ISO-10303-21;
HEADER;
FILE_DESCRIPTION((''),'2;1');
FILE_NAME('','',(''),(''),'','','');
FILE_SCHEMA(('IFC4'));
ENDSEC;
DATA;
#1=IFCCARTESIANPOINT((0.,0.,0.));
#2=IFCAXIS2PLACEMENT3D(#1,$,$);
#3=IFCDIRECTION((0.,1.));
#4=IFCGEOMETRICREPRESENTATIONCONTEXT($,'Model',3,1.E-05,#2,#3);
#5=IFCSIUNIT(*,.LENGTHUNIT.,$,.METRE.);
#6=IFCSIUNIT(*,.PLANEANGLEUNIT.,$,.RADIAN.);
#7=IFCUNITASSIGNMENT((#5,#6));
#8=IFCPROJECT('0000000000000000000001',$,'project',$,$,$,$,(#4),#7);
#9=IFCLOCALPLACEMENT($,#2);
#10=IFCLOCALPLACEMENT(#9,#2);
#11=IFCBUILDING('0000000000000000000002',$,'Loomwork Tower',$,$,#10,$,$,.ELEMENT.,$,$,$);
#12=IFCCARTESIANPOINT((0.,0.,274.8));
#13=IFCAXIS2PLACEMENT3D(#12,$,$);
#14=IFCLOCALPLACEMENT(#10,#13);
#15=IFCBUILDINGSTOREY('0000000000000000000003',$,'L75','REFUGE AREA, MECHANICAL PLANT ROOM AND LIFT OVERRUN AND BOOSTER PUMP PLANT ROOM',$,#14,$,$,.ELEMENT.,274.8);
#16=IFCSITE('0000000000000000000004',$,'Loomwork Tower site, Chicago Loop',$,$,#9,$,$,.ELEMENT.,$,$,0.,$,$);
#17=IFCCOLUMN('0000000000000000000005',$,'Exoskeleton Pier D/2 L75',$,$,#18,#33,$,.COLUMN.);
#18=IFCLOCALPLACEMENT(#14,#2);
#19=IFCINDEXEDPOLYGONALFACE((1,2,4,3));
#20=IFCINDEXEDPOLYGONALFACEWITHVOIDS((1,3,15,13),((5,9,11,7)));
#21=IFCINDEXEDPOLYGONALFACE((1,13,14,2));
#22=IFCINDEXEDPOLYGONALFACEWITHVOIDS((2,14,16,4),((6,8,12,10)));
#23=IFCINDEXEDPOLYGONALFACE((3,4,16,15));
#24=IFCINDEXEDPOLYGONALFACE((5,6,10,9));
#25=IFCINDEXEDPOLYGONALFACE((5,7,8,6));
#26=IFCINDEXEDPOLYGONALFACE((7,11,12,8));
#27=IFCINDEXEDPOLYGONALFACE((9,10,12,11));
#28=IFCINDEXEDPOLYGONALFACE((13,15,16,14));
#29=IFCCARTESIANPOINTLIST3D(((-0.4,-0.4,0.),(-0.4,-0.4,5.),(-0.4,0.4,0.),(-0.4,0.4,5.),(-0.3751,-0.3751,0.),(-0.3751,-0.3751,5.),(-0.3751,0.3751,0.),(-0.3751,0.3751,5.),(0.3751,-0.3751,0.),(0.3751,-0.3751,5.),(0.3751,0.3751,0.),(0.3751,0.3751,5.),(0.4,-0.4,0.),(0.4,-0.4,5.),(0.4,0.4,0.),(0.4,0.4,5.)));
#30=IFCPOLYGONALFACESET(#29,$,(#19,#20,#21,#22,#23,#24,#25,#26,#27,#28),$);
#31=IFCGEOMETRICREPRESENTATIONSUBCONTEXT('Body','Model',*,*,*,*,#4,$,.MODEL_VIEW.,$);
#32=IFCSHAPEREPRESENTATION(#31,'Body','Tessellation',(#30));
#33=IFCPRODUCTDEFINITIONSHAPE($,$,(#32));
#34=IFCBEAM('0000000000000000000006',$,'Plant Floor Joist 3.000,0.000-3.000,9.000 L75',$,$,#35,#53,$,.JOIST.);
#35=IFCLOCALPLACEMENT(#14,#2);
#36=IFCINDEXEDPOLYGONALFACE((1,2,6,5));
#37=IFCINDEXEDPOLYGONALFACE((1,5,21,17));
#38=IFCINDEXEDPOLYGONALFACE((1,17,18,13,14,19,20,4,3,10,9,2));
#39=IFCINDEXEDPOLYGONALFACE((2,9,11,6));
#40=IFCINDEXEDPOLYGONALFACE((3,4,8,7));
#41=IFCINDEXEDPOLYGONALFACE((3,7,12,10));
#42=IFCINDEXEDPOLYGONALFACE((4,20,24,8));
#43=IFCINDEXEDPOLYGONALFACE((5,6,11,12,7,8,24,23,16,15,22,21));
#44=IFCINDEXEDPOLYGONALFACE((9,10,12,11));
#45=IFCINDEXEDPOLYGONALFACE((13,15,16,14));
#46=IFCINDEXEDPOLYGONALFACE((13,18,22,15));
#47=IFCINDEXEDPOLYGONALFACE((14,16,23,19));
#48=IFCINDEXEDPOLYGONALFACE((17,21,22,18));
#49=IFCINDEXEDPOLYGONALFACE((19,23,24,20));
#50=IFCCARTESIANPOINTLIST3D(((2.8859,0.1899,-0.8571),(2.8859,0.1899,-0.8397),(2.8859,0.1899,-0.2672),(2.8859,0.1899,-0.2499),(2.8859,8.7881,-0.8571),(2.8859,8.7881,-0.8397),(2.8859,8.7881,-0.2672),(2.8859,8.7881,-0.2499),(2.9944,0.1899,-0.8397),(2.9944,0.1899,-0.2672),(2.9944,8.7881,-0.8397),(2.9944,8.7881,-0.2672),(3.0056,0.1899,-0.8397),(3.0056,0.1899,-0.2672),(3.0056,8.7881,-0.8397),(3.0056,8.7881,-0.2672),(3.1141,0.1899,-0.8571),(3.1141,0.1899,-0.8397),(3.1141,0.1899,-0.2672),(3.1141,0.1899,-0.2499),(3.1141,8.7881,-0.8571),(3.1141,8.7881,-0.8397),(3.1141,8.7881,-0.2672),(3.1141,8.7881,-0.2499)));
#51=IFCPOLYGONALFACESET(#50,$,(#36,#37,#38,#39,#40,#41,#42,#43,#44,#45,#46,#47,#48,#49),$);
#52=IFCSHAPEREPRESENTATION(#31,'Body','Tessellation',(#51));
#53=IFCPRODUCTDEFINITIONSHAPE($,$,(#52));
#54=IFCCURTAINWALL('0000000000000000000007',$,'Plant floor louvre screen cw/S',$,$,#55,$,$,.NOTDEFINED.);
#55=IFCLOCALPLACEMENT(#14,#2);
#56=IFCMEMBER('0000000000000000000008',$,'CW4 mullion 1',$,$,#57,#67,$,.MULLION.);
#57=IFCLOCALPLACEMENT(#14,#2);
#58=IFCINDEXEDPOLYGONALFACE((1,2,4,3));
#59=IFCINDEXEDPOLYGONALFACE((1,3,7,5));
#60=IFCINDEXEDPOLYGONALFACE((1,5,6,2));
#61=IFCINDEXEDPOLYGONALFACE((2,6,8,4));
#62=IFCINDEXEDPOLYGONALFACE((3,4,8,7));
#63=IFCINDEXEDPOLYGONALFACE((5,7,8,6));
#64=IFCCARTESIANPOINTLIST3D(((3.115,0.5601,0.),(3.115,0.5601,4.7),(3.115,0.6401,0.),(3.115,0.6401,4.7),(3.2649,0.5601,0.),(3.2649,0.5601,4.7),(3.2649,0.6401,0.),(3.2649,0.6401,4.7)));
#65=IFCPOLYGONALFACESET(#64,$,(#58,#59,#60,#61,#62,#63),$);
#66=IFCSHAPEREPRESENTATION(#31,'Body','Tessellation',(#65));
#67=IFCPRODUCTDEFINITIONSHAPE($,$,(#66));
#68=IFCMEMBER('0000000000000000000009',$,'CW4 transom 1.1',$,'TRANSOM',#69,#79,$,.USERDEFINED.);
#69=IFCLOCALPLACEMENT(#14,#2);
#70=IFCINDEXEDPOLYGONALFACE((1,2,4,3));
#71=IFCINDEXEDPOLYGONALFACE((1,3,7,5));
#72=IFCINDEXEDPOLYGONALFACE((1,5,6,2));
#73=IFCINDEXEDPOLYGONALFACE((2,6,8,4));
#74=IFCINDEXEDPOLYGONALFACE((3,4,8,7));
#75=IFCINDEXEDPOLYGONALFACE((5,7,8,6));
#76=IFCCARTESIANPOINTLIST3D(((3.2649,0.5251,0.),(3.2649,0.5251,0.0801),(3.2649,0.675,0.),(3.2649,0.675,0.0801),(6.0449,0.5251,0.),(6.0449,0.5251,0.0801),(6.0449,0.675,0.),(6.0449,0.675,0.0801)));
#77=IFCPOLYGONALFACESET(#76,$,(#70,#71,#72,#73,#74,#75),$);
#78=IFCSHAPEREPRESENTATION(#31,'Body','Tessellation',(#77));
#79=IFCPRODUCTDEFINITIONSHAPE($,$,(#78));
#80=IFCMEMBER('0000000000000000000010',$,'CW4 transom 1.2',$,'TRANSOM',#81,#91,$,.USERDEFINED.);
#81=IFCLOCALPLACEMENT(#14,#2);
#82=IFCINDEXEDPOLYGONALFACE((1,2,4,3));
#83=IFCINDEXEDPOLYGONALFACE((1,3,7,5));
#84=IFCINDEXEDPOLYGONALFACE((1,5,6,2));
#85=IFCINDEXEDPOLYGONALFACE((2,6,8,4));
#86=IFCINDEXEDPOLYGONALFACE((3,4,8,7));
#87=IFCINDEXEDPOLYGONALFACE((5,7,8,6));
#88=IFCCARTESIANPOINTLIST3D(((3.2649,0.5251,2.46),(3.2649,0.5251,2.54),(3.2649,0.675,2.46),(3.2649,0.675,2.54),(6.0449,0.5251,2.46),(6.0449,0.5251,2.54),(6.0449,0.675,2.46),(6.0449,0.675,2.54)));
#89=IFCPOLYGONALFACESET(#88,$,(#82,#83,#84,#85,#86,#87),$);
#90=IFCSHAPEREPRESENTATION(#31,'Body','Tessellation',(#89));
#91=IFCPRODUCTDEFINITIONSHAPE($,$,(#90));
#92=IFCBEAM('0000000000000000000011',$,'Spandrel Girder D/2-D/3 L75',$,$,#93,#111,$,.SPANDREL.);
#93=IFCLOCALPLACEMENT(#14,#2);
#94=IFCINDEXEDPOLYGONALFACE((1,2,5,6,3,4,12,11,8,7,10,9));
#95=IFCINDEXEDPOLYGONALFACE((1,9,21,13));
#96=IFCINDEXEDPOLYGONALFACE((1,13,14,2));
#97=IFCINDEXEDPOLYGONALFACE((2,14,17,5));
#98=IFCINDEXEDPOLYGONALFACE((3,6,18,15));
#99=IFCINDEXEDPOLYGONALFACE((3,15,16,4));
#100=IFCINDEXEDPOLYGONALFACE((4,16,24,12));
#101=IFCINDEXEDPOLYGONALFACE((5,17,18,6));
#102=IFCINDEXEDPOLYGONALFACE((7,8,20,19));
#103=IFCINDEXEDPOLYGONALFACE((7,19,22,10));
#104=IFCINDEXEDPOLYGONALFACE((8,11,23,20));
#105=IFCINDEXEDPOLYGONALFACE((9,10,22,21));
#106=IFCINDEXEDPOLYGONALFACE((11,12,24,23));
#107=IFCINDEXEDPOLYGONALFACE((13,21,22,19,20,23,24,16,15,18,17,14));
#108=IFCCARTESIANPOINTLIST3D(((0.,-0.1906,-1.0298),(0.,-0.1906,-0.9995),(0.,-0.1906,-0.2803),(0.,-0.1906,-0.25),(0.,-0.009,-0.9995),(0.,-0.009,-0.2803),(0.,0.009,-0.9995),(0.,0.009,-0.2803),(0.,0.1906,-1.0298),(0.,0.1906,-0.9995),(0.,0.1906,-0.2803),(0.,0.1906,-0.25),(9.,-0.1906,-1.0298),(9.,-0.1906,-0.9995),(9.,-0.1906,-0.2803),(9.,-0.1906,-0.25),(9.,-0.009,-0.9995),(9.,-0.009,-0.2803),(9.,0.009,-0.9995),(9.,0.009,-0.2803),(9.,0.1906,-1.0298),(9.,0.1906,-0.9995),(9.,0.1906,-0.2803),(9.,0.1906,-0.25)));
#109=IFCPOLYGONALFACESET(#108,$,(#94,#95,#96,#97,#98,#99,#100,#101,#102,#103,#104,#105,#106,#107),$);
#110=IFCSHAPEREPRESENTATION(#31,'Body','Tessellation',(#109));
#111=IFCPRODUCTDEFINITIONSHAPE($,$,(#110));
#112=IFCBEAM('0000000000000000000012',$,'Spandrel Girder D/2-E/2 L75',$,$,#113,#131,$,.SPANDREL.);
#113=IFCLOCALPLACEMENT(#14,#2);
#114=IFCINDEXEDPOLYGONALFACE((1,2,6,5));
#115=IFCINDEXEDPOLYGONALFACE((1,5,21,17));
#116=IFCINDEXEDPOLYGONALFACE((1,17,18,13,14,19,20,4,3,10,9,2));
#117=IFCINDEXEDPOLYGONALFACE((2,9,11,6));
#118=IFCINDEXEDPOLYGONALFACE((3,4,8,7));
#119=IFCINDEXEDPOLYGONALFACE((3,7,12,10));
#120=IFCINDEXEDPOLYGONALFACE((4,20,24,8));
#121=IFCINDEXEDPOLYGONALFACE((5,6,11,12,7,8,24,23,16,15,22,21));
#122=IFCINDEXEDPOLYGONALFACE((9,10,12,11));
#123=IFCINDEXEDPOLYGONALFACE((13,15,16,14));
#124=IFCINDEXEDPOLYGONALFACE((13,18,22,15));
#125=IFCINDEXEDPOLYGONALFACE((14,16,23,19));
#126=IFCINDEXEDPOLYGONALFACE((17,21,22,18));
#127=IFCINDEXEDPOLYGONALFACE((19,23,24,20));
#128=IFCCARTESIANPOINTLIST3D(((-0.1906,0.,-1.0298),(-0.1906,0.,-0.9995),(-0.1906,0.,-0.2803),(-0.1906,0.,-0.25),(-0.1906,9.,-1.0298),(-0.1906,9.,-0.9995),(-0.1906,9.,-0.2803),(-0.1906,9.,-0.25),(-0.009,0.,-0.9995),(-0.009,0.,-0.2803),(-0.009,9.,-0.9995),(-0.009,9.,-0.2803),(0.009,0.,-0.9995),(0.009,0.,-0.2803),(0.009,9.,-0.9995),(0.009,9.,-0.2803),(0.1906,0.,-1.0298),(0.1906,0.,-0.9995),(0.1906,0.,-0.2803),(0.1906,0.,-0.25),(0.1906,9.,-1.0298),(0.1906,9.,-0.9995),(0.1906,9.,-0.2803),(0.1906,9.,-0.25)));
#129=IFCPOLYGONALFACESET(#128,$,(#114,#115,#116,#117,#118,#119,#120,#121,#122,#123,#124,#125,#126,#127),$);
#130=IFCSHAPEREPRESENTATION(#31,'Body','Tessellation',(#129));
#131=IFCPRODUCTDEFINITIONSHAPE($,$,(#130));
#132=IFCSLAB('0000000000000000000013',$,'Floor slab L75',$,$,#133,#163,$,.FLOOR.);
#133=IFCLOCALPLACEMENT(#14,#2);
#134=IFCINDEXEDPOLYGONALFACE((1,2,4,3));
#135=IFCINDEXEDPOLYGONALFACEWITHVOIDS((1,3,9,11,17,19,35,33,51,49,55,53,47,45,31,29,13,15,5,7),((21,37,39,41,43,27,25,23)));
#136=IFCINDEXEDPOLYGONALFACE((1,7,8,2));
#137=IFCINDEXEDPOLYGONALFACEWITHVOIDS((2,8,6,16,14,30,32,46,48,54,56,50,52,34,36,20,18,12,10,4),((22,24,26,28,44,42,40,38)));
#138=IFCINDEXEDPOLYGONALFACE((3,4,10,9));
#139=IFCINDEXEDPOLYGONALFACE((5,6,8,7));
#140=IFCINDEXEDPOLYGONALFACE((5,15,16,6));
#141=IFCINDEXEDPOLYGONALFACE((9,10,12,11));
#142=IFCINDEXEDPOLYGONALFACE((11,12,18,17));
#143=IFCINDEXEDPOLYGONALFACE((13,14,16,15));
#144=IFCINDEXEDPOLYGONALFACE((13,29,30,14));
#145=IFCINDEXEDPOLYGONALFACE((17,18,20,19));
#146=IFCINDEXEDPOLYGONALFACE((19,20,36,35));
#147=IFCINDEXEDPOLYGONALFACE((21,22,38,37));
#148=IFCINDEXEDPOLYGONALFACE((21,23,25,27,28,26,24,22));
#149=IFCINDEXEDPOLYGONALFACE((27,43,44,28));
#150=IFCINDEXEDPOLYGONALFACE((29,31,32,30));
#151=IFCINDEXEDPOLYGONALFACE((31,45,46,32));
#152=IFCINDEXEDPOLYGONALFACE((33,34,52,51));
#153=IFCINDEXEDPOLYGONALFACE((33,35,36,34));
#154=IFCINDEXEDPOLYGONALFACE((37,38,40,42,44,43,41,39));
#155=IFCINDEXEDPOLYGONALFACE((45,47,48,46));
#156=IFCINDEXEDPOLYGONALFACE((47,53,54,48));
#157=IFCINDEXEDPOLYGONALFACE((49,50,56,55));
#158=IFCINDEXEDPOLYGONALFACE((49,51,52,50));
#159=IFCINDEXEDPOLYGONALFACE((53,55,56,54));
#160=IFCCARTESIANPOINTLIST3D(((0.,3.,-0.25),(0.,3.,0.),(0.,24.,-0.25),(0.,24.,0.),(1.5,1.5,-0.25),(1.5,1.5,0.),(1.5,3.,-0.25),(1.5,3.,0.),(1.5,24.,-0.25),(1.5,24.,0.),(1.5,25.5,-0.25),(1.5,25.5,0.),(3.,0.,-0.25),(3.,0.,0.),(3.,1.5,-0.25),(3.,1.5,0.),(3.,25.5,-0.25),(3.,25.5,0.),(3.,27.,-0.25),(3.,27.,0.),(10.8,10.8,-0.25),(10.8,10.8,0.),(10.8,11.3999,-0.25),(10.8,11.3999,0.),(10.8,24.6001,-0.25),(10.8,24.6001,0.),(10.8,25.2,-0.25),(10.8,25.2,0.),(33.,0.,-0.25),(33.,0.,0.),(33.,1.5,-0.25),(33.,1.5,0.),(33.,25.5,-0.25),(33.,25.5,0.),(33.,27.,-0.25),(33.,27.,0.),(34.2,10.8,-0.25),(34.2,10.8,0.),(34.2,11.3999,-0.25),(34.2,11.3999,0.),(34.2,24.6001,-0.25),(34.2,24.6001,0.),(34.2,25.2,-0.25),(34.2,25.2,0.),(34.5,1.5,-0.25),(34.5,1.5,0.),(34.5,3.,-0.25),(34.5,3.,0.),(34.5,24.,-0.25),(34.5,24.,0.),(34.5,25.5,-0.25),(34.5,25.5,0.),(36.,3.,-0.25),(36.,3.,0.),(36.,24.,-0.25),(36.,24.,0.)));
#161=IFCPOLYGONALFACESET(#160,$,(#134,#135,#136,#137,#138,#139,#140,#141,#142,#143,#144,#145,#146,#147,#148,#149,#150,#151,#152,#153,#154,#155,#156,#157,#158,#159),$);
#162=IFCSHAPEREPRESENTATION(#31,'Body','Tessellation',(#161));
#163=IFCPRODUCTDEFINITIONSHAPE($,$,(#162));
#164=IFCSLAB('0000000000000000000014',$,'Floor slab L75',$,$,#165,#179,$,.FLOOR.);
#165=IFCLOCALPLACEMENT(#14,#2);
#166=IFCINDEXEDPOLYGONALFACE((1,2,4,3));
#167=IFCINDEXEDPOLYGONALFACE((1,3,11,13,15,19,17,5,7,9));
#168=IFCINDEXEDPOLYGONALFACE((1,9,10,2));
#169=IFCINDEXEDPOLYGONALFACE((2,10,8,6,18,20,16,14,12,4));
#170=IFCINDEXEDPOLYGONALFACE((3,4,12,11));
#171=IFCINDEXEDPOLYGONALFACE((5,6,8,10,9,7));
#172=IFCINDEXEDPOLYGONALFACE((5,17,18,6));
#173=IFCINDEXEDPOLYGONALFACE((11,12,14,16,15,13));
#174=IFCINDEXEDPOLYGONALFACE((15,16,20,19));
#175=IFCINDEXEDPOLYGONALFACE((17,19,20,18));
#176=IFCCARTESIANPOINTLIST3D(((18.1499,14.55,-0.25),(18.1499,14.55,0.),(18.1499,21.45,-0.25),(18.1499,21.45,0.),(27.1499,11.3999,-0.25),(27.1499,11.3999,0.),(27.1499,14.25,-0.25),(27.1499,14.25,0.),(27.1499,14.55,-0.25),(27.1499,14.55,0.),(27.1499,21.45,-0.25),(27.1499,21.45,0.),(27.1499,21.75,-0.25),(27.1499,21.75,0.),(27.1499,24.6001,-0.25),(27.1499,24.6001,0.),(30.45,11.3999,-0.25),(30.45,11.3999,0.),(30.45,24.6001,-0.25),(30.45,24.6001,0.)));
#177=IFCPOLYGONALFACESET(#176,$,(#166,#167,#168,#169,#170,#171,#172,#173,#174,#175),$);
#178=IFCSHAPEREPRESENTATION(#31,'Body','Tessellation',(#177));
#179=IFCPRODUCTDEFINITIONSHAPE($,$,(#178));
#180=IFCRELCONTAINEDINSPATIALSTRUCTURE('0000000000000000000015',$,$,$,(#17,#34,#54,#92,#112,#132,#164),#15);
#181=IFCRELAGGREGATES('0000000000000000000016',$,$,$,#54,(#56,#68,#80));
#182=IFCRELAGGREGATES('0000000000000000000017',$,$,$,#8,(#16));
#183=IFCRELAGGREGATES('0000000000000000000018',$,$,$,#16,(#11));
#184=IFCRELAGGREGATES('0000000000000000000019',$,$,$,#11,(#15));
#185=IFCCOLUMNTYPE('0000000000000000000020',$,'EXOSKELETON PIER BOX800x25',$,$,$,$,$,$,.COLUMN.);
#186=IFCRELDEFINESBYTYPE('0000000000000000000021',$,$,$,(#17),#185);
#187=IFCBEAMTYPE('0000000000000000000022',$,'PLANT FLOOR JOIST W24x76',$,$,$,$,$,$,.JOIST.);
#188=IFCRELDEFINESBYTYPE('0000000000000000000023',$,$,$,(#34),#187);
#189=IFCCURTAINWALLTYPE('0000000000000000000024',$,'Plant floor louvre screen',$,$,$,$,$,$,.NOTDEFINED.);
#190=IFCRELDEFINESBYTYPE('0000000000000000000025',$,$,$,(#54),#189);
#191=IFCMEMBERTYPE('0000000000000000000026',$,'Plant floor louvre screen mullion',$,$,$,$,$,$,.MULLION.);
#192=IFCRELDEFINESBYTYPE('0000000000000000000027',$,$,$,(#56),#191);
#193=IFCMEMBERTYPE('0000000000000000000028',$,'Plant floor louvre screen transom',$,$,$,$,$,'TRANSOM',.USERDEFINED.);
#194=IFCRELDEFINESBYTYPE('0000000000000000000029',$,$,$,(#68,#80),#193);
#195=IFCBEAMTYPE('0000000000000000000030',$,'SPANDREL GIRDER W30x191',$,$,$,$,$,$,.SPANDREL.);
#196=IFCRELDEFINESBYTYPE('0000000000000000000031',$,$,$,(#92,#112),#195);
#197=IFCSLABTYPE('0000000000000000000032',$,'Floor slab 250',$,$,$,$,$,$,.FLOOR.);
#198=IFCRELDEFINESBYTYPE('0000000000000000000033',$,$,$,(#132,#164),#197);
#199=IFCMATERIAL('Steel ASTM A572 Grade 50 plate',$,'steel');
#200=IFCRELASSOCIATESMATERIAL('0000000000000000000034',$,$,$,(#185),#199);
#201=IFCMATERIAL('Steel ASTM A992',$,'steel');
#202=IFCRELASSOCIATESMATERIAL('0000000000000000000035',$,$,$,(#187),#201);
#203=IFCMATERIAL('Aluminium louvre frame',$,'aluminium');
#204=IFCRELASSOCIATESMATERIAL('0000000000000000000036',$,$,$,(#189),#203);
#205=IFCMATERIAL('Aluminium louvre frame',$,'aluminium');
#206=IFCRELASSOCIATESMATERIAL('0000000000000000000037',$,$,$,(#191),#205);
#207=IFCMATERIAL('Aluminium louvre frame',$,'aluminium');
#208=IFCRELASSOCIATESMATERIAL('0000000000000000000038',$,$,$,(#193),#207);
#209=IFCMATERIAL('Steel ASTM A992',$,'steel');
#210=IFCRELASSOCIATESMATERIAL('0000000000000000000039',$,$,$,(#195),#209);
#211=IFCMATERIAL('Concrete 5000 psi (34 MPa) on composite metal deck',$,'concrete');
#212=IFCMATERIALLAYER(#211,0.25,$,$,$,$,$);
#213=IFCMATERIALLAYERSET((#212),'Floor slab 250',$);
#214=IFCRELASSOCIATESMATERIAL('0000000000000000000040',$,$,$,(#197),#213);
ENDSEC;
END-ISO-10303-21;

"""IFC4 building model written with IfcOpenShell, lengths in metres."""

from ifc_helpers import new_model, si_unit, direction, frame, origin, origin_with_axes, origin_2d, place, context, subcontext, project, spatial, polyline, rectangle, hollow_rectangle, i_section, outline, extrude, material, layer, layer_set, material_profile, profile_set, type_object, element, aggregate, save


model = new_model("IFC4")

# Units and contexts
model_context = context("Model", 3, precision=1e-05, world=origin(), true_north=direction((0.0, 1.0)))
body_context = subcontext(model_context, "Body", "Model", "MODEL_VIEW")
ifc_project = project(units=[si_unit("LENGTHUNIT", "METRE"), si_unit("PLANEANGLEUNIT", "RADIAN")], contexts=[model_context])

# Site, building, storey
site_placement = place(None, origin())
site = spatial("IfcSite", under=ifc_project, at=site_placement, Name="Loomwork Tower site, Chicago Loop", CompositionType="ELEMENT", RefElevation=0.0)
building_placement = place(site_placement, origin())
building = spatial("IfcBuilding", under=site, at=building_placement, Name="Loomwork Tower", CompositionType="ELEMENT")
storey_placement = place(building_placement, frame((0.0, 0.0, 274.8)))
storey = spatial("IfcBuildingStorey", under=building, at=storey_placement, Name="L75", Description="REFUGE AREA, MECHANICAL PLANT ROOM AND LIFT OVERRUN AND BOOSTER PUMP PLANT ROOM", CompositionType="ELEMENT", Elevation=274.8)

# Column
ifc_material_1 = material(Name="Steel ASTM A572 Grade 50 plate", Category="steel")
ifc_material_profile_1 = material_profile(ifc_material_1, hollow_rectangle(XDim=0.8, YDim=0.8, WallThickness=0.0249, at=origin_2d()), Name="BOX800x25")
ifc_profile_set_1 = profile_set([ifc_material_profile_1], Name="Steel ASTM A572 Grade 50 plate")
column_type = type_object("IfcColumnType", Name="EXOSKELETON PIER BOX800x25", PredefinedType="COLUMN", material=ifc_profile_set_1)
column_placement = place(storey_placement, origin_with_axes())
element("IfcColumn", 1, at=column_placement, inside=storey, type_object=column_type, Name="Exoskeleton Pier D/2 L75", PredefinedType="COLUMN", context=body_context, shape_type="SweptSolid", body=[
    extrude(hollow_rectangle(XDim=0.8, YDim=0.8, WallThickness=0.0249, at=origin_2d()), origin(), (0.0, 0.0, 1.0), 5.0),
])

# Beam
ifc_material_2 = material(Name="Steel ASTM A992", Category="steel")
ifc_material_profile_2 = material_profile(ifc_material_2, i_section(OverallWidth=0.2283, OverallDepth=0.6072, WebThickness=0.0112, FlangeThickness=0.0173, at=origin_2d()), Name="W24x76")
ifc_profile_set_2 = profile_set([ifc_material_profile_2], Name="Steel ASTM A992")
beam_type_1 = type_object("IfcBeamType", Name="PLANT FLOOR JOIST W24x76", PredefinedType="JOIST", material=ifc_profile_set_2)
beam_placement = place(storey_placement, frame((3.0, 0.1899, -0.5535), z_axis=(0.0, 1.0, 0.0), x_axis=(-1.0, 0.0, 0.0)))
element("IfcBeam", 2, at=beam_placement, inside=storey, type_object=beam_type_1, Name="Plant Floor Joist 3.000,0.000-3.000,9.000 L75", PredefinedType="JOIST", context=body_context, shape_type="SweptSolid", body=[
    extrude(i_section(OverallWidth=0.2283, OverallDepth=0.6072, WebThickness=0.0112, FlangeThickness=0.0173, at=origin_2d()), origin(), (0.0, 0.0, 1.0), 8.5981),
])

# Curtain wall, members
ifc_material_3 = material(Name="Aluminium louvre frame", Category="aluminium")
curtain_wall_type = type_object("IfcCurtainWallType", Name="Plant floor louvre screen", PredefinedType="NOTDEFINED", material=ifc_material_3)
curtain_wall_placement = place(storey_placement, origin())
curtain_wall = element("IfcCurtainWall", 3, at=curtain_wall_placement, inside=storey, type_object=curtain_wall_type, Name="Plant floor louvre screen cw/S", PredefinedType="NOTDEFINED")
ifc_material_4 = material(Name="Aluminium louvre frame", Category="aluminium")
ifc_material_profile_3 = material_profile(ifc_material_4, rectangle(XDim=0.0801, YDim=0.1499, at=origin_2d()), Name="AL 80x150")
ifc_profile_set_3 = profile_set([ifc_material_profile_3], Name="Aluminium louvre frame")
member_type_1 = type_object("IfcMemberType", Name="Plant floor louvre screen mullion", PredefinedType="MULLION", material=ifc_profile_set_3)
member_1_placement = place(storey_placement, frame((3.1899, 0.6001, 0.0), z_axis=(0.0, 0.0, 1.0), x_axis=(0.0, 1.0, 0.0)))
member_1 = element("IfcMember", 4, at=member_1_placement, type_object=member_type_1, Name="CW4 mullion 1", PredefinedType="MULLION", context=body_context, shape_type="SweptSolid", body=[
    extrude(rectangle(XDim=0.0801, YDim=0.1499, at=origin_2d()), origin(), (0.0, 0.0, 1.0), 4.7),
])
ifc_material_5 = material(Name="Aluminium louvre frame", Category="aluminium")
ifc_material_profile_4 = material_profile(ifc_material_5, rectangle(XDim=0.1499, YDim=0.0801, at=origin_2d()), Name="AL 80x150")
ifc_profile_set_4 = profile_set([ifc_material_profile_4], Name="Aluminium louvre frame")
member_type_2 = type_object("IfcMemberType", Name="Plant floor louvre screen transom", ElementType="TRANSOM", PredefinedType="USERDEFINED", material=ifc_profile_set_4)
member_2_placement = place(storey_placement, frame((3.2649, 0.6001, 0.04), z_axis=(1.0, 0.0, 0.0), x_axis=(0.0, 1.0, 0.0)))
member_2 = element("IfcMember", 5, at=member_2_placement, type_object=member_type_2, Name="CW4 transom 1.1", ObjectType="TRANSOM", PredefinedType="USERDEFINED", context=body_context, shape_type="SweptSolid", body=[
    extrude(rectangle(XDim=0.1499, YDim=0.0801, at=origin_2d()), origin(), (0.0, 0.0, 1.0), 2.78),
])
member_3_placement = place(storey_placement, frame((3.2649, 0.6001, 2.5), z_axis=(1.0, 0.0, 0.0), x_axis=(0.0, 1.0, 0.0)))
member_3 = element("IfcMember", 6, at=member_3_placement, type_object=member_type_2, Name="CW4 transom 1.2", ObjectType="TRANSOM", PredefinedType="USERDEFINED", context=body_context, shape_type="SweptSolid", body=[
    extrude(rectangle(XDim=0.1499, YDim=0.0801, at=origin_2d()), origin(), (0.0, 0.0, 1.0), 2.78),
])
aggregate(curtain_wall, [member_1, member_2, member_3])

# Beams
ifc_material_6 = material(Name="Steel ASTM A992", Category="steel")
ifc_material_profile_5 = material_profile(ifc_material_6, i_section(OverallWidth=0.3811, OverallDepth=0.7798, WebThickness=0.0181, FlangeThickness=0.0303, at=origin_2d()), Name="W30x191")
ifc_profile_set_5 = profile_set([ifc_material_profile_5], Name="Steel ASTM A992")
beam_type_2 = type_object("IfcBeamType", Name="SPANDREL GIRDER W30x191", PredefinedType="SPANDREL", material=ifc_profile_set_5)
for number, where, z_axis, x_axis, name in (
    (7, (0.0, 0.0, -0.6399), (1.0, 0.0, 0.0), (0.0, 1.0, 0.0), "Spandrel Girder D/2-D/3 L75"),
    (8, (0.0, 0.0, -0.6399), (0.0, 1.0, 0.0), (-1.0, 0.0, 0.0), "Spandrel Girder D/2-E/2 L75"),
):
    element("IfcBeam", number, at=place(storey_placement, frame(where, z_axis=z_axis, x_axis=x_axis)), inside=storey, type_object=beam_type_2, Name=name, PredefinedType="SPANDREL", context=body_context, shape_type="SweptSolid", body=[
        extrude(i_section(OverallWidth=0.3811, OverallDepth=0.7798, WebThickness=0.0181, FlangeThickness=0.0303, at=origin_2d()), origin(), (0.0, 0.0, 1.0), 9.0),
    ])

# Slabs
ifc_material_7 = material(Name="Concrete 5000 psi (34 MPa) on composite metal deck", Category="concrete")
ifc_layer_1 = layer(ifc_material_7, 0.25)
ifc_layer_set_1 = layer_set([ifc_layer_1], Name="Floor slab 250")
slab_type_1 = type_object("IfcSlabType", Name="Floor slab 250", PredefinedType="FLOOR", material=ifc_layer_set_1)
slab_1_placement = place(storey_placement, frame((0.0, 0.0, -0.25)))
element("IfcSlab", 9, at=slab_1_placement, inside=storey, type_object=slab_type_1, Name="Floor slab L75", PredefinedType="FLOOR", context=body_context, shape_type="SweptSolid", body=[
    extrude(outline(polyline([(3.0, 1.5), (1.5, 1.5), (1.5, 3.0), (0.0, 3.0), (0.0, 24.0), (1.5, 24.0), (1.5, 25.5), (3.0, 25.5), (3.0, 27.0), (33.0, 27.0), (33.0, 25.5), (34.5, 25.5), (34.5, 24.0), (36.0, 24.0), (36.0, 3.0), (34.5, 3.0), (34.5, 1.5), (33.0, 1.5), (33.0, 0.0), (3.0, 0.0), (3.0, 1.5)]), holes=[polyline([(10.8, 11.3999), (10.8, 11.3999), (10.8, 10.8), (34.2, 10.8), (34.2, 11.3999), (34.2, 11.3999), (34.2, 24.6001), (34.2, 25.2), (10.8, 25.2), (10.8, 24.6001), (10.8, 11.3999)])]), origin(), (0.0, 0.0, 1.0), 0.25),
])
slab_2_placement = place(storey_placement, frame((0.0, 0.0, -0.25)))
element("IfcSlab", 10, at=slab_2_placement, inside=storey, type_object=slab_type_1, Name="Floor slab L75", PredefinedType="FLOOR", context=body_context, shape_type="SweptSolid", body=[
    extrude(outline(polyline([(30.45, 24.6001), (30.45, 11.3999), (27.1499, 11.3999), (27.1499, 14.25), (27.1499, 14.55), (18.1499, 14.55), (18.1499, 21.45), (27.1499, 21.45), (27.1499, 21.75), (27.1499, 24.6001), (30.45, 24.6001)])), origin(), (0.0, 0.0, 1.0), 0.25),
])

save(model, "model.ifc")
